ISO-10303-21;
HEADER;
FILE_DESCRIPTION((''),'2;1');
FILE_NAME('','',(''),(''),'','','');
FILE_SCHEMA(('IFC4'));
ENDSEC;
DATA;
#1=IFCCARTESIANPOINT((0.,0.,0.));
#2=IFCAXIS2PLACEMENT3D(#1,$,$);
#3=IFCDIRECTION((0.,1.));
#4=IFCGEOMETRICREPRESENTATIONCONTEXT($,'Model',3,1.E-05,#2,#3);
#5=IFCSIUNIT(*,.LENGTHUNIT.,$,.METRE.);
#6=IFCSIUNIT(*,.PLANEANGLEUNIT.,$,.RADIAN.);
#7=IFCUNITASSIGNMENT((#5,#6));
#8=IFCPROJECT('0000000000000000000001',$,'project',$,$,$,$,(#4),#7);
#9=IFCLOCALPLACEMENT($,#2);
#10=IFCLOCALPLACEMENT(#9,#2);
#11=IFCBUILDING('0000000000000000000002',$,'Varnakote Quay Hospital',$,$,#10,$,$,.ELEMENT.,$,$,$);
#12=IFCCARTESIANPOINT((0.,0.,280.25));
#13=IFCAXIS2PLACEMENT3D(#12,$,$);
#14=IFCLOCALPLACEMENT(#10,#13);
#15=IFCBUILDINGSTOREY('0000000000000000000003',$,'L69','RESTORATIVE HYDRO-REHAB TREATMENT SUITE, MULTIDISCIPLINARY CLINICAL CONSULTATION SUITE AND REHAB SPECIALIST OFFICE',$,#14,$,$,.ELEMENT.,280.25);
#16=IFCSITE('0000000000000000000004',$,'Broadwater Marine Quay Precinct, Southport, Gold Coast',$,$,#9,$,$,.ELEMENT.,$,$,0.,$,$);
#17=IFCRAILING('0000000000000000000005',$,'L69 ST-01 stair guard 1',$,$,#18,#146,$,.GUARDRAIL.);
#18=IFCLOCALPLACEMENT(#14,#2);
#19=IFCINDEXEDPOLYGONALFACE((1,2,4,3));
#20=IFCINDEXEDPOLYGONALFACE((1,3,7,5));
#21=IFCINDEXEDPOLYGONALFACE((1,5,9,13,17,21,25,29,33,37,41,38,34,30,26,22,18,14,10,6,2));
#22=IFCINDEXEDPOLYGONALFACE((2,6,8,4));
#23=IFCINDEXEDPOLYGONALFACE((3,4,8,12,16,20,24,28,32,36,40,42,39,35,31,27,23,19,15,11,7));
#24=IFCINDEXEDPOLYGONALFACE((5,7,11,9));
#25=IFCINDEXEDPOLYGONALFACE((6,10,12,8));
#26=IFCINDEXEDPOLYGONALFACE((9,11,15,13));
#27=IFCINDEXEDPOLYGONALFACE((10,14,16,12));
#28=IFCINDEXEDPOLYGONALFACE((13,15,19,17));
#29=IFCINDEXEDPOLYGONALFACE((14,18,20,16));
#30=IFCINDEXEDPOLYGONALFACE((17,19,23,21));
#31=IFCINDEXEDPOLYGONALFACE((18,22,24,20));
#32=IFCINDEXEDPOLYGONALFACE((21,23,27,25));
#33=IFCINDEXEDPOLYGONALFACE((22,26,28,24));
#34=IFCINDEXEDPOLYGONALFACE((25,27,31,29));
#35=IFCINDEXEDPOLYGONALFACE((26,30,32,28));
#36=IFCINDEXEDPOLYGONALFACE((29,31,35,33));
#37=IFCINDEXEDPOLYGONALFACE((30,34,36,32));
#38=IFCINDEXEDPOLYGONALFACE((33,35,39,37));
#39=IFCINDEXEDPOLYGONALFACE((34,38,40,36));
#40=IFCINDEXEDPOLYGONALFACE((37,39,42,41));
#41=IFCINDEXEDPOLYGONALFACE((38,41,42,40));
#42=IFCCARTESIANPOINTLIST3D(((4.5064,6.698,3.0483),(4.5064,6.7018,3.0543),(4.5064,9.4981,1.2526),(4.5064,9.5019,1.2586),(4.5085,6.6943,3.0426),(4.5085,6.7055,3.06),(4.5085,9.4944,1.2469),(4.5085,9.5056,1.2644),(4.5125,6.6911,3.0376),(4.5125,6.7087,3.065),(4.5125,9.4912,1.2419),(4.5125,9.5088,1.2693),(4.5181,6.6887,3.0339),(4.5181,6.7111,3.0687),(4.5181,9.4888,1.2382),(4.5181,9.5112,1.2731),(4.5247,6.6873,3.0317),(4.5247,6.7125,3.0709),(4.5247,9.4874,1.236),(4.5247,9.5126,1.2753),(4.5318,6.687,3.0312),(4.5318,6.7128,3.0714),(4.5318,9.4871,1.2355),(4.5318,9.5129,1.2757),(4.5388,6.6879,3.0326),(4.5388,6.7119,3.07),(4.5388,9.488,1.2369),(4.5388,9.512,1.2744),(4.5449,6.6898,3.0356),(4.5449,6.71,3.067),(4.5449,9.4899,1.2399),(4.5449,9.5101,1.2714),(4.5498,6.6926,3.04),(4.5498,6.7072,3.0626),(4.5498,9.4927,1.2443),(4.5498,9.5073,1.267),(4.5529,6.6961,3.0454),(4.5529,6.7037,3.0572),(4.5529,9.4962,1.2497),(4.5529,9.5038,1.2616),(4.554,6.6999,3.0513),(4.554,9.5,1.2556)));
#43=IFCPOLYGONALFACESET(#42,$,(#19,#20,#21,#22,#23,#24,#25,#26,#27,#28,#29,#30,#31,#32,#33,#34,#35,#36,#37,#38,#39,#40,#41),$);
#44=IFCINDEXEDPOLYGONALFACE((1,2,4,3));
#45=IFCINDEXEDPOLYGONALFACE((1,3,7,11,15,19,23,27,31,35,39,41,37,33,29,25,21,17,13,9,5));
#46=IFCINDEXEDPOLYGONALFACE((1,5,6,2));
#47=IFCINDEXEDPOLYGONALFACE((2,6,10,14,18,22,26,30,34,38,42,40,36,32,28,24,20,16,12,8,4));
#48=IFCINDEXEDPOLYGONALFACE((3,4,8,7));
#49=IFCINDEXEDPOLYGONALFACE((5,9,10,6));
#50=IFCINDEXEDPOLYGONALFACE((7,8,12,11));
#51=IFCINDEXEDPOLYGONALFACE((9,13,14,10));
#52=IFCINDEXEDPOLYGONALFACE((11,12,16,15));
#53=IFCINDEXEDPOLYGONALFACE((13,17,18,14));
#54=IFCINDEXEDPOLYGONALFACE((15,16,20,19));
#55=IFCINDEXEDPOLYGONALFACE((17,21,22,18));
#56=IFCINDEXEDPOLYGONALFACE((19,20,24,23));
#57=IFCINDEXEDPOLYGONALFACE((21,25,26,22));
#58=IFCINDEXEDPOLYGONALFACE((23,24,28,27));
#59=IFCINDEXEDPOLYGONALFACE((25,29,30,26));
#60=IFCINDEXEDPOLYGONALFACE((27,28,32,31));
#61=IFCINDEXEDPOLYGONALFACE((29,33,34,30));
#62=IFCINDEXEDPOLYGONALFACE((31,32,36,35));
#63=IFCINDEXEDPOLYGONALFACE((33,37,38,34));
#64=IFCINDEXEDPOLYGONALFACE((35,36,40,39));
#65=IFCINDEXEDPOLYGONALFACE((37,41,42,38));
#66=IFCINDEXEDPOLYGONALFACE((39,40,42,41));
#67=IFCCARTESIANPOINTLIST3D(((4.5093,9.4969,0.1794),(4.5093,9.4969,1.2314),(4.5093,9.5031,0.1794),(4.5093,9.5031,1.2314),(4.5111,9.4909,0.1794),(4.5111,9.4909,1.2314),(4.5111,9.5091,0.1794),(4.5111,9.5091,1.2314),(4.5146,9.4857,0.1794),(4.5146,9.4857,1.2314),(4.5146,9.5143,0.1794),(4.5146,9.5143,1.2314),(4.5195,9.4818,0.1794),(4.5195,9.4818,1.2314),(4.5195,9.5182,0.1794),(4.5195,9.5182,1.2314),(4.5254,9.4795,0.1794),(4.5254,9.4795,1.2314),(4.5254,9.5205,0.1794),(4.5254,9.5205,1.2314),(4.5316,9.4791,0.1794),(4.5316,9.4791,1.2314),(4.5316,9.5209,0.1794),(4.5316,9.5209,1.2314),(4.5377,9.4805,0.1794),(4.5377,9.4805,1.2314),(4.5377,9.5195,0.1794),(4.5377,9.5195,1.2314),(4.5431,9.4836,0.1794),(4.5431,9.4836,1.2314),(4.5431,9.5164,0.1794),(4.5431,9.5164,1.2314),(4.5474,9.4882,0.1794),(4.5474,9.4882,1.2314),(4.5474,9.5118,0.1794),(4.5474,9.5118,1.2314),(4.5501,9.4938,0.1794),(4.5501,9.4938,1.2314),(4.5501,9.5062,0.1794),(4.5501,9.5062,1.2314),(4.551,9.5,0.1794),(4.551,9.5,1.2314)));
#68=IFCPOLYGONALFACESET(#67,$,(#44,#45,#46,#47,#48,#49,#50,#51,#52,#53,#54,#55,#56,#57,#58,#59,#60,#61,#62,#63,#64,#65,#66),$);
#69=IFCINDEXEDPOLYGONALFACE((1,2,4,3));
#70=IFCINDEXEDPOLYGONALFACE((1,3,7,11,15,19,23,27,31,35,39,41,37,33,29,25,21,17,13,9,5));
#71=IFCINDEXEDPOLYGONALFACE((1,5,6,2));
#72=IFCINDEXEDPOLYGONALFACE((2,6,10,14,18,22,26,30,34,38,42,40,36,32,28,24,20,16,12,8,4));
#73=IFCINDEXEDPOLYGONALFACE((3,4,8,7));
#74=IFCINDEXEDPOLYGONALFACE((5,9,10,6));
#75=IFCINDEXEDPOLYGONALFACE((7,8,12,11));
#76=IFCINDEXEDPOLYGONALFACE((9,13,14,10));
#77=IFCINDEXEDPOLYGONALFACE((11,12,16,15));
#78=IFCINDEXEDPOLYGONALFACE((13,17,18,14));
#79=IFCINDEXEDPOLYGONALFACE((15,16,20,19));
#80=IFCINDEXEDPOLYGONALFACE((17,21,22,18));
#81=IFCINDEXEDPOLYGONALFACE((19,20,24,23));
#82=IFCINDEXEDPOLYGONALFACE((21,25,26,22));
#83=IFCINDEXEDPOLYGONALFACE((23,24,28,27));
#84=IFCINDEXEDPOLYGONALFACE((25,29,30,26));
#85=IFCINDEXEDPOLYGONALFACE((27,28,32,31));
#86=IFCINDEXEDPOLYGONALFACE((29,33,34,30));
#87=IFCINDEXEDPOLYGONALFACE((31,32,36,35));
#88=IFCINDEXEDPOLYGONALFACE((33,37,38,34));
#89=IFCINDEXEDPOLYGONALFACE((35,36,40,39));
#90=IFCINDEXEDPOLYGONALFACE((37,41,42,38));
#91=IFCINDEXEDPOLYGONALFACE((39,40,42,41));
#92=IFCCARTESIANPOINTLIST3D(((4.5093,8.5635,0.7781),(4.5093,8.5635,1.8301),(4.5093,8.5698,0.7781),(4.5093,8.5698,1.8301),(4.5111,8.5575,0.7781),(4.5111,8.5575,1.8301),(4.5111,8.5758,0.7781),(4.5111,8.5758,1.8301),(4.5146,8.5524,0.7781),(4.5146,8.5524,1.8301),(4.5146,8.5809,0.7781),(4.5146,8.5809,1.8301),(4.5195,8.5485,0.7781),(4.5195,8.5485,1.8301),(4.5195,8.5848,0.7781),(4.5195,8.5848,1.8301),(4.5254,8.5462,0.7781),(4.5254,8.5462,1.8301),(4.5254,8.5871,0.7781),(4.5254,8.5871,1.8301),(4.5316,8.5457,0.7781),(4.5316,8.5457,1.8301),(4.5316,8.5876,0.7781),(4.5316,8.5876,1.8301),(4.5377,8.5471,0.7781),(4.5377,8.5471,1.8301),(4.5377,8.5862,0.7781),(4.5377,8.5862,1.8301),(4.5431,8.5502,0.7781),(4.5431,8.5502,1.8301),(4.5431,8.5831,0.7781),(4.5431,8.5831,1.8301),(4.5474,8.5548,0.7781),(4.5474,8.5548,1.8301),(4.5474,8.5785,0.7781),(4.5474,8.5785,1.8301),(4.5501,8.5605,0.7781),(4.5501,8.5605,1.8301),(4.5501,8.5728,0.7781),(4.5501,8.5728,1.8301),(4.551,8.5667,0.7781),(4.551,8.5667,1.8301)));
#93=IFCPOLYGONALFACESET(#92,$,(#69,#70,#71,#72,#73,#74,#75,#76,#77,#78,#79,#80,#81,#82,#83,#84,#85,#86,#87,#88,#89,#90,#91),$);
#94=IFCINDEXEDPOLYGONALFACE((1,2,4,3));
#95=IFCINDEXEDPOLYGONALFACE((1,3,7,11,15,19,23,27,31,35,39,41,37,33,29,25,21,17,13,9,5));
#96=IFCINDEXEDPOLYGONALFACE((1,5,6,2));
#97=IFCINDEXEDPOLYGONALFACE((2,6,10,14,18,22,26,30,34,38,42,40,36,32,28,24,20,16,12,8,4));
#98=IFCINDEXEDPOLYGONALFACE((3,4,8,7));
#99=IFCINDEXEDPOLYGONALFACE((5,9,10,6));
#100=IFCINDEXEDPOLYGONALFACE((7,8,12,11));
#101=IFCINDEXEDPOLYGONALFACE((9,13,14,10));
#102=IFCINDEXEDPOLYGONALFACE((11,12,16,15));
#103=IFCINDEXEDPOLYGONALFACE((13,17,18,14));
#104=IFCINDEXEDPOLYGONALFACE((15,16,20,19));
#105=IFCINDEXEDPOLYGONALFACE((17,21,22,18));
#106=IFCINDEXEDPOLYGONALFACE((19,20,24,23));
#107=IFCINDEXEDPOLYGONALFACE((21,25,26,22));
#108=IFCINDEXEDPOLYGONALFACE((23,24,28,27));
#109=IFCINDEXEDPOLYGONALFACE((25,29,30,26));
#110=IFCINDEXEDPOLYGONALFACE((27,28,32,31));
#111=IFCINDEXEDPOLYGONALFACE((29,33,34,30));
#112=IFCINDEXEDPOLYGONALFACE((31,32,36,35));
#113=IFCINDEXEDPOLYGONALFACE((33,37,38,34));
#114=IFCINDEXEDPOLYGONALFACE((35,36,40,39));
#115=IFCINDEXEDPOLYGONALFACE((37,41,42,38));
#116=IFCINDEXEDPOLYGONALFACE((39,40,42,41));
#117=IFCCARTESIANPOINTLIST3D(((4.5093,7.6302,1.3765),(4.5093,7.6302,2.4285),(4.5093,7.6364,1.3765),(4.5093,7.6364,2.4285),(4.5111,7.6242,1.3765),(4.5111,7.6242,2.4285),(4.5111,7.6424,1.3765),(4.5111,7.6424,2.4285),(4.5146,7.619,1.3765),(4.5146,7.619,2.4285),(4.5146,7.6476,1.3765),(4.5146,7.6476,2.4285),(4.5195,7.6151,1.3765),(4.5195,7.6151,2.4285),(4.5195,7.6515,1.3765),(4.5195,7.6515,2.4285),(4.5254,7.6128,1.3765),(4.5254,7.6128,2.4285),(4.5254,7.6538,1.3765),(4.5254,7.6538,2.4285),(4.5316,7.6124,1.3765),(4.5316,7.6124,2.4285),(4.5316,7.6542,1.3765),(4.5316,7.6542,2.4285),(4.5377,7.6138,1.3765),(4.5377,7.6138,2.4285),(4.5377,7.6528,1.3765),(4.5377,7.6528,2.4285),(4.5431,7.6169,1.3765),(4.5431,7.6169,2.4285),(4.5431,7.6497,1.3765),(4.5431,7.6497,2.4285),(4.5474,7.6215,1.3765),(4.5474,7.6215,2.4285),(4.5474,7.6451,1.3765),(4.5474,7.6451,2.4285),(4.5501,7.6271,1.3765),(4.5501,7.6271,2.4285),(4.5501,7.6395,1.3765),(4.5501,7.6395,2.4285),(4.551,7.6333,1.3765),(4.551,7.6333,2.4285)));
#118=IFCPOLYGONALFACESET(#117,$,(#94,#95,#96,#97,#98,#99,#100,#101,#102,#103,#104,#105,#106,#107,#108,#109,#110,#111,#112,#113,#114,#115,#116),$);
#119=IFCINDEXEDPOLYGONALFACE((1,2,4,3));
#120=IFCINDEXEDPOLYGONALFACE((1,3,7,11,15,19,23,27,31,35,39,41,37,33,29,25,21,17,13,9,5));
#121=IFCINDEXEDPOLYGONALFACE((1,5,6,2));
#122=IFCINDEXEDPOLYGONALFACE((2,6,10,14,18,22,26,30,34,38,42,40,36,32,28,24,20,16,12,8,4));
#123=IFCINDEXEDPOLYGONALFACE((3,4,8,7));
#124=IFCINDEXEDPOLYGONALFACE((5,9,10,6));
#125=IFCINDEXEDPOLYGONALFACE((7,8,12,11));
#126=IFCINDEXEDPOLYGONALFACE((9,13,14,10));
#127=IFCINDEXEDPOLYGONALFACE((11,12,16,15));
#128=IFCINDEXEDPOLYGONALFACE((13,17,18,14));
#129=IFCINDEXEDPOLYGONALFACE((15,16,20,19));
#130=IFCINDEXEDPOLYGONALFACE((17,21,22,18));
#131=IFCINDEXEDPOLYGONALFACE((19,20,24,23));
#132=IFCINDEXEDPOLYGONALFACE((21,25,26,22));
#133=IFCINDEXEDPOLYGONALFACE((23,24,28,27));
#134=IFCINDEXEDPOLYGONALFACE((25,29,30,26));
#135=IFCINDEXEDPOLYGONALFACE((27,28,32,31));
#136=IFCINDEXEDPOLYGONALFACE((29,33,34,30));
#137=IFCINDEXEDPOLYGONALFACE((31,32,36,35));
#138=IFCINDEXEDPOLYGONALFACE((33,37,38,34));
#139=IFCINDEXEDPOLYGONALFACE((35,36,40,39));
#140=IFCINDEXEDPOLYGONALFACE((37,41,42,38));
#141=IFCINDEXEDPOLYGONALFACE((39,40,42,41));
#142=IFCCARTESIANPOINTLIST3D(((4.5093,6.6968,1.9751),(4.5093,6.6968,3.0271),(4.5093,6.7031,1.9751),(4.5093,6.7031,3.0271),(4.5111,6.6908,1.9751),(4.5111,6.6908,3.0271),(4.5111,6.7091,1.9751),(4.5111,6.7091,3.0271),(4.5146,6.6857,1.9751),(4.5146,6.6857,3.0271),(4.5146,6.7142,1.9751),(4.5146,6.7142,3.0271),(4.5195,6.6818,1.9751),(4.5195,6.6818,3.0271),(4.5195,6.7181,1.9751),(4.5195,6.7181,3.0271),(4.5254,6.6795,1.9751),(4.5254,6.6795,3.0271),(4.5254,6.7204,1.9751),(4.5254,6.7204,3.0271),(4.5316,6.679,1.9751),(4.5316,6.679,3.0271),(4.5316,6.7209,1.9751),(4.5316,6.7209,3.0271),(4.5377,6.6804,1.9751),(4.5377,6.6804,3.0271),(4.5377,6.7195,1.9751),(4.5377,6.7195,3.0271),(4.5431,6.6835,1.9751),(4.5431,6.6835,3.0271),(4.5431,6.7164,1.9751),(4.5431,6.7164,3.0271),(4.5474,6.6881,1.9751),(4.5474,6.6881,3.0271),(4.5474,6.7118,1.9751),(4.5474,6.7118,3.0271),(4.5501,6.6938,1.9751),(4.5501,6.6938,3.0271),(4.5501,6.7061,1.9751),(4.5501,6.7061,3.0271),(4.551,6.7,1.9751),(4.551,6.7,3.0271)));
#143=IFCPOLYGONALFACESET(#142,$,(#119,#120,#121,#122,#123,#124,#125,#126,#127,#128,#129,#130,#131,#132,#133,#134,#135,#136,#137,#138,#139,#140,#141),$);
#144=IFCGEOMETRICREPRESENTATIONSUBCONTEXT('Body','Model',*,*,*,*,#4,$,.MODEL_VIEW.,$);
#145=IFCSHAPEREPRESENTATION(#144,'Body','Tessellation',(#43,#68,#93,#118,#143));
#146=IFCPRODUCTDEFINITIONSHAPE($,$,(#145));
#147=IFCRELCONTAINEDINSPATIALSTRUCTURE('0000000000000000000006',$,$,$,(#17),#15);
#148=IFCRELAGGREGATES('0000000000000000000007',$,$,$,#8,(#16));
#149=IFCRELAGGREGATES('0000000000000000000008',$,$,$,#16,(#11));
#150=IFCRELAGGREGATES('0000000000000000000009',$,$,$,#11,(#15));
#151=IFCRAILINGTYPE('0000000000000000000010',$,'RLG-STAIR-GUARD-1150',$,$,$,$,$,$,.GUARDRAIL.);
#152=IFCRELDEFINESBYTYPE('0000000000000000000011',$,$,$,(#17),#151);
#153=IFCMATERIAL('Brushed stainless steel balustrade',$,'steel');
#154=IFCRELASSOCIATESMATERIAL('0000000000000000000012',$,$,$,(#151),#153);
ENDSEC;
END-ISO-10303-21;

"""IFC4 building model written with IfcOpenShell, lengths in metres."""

from ifc_helpers import new_model, si_unit, direction, frame, origin, origin_2d, place, context, subcontext, project, spatial, circle, extrude, material, type_object, element, save


model = new_model("IFC4")

# Units and contexts
model_context = context("Model", 3, precision=1e-05, world=origin(), true_north=direction((0.0, 1.0)))
body_context = subcontext(model_context, "Body", "Model", "MODEL_VIEW")
ifc_project = project(units=[si_unit("LENGTHUNIT", "METRE"), si_unit("PLANEANGLEUNIT", "RADIAN")], contexts=[model_context])

# Site, building, storey
site_placement = place(None, origin())
site = spatial("IfcSite", under=ifc_project, at=site_placement, Name="Broadwater Marine Quay Precinct, Southport, Gold Coast", CompositionType="ELEMENT", RefElevation=0.0)
building_placement = place(site_placement, origin())
building = spatial("IfcBuilding", under=site, at=building_placement, Name="Varnakote Quay Hospital", CompositionType="ELEMENT")
storey_placement = place(building_placement, frame((0.0, 0.0, 280.25)))
storey = spatial("IfcBuildingStorey", under=building, at=storey_placement, Name="L69", Description="RESTORATIVE HYDRO-REHAB TREATMENT SUITE, MULTIDISCIPLINARY CLINICAL CONSULTATION SUITE AND REHAB SPECIALIST OFFICE", CompositionType="ELEMENT", Elevation=280.25)

# Railing
ifc_material_1 = material(Name="Brushed stainless steel balustrade", Category="steel")
railing_type_1 = type_object("IfcRailingType", Name="RLG-STAIR-GUARD-1150", PredefinedType="GUARDRAIL", material=ifc_material_1)
railing_1_placement = place(storey_placement, frame((4.53, 9.5, 0.1794)))
element("IfcRailing", 1, at=railing_1_placement, inside=storey, type_object=railing_type_1, Name="L69 ST-01 stair guard 1", PredefinedType="GUARDRAIL", context=body_context, shape_type="SweptSolid", body=[
    extrude(circle(Radius=0.0239, at=origin_2d()), frame((0.0, 0.0, 1.0762), z_axis=(0.0, -0.841777, 0.539826), x_axis=(1.0, 0.0, 0.0)), (0.0, 0.0, 1.0), 3.3264),
    extrude(circle(Radius=0.021, at=origin_2d()), origin(), (0.0, 0.0, 1.0), 1.052),
    extrude(circle(Radius=0.021, at=origin_2d()), frame((0.0, -0.9333, 0.5986)), (0.0, 0.0, 1.0), 1.052),
    extrude(circle(Radius=0.021, at=origin_2d()), frame((0.0, -1.8667, 1.197)), (0.0, 0.0, 1.0), 1.052),
    extrude(circle(Radius=0.021, at=origin_2d()), frame((0.0, -2.8, 1.7957)), (0.0, 0.0, 1.0), 1.052),
])

save(model, "model.ifc")
